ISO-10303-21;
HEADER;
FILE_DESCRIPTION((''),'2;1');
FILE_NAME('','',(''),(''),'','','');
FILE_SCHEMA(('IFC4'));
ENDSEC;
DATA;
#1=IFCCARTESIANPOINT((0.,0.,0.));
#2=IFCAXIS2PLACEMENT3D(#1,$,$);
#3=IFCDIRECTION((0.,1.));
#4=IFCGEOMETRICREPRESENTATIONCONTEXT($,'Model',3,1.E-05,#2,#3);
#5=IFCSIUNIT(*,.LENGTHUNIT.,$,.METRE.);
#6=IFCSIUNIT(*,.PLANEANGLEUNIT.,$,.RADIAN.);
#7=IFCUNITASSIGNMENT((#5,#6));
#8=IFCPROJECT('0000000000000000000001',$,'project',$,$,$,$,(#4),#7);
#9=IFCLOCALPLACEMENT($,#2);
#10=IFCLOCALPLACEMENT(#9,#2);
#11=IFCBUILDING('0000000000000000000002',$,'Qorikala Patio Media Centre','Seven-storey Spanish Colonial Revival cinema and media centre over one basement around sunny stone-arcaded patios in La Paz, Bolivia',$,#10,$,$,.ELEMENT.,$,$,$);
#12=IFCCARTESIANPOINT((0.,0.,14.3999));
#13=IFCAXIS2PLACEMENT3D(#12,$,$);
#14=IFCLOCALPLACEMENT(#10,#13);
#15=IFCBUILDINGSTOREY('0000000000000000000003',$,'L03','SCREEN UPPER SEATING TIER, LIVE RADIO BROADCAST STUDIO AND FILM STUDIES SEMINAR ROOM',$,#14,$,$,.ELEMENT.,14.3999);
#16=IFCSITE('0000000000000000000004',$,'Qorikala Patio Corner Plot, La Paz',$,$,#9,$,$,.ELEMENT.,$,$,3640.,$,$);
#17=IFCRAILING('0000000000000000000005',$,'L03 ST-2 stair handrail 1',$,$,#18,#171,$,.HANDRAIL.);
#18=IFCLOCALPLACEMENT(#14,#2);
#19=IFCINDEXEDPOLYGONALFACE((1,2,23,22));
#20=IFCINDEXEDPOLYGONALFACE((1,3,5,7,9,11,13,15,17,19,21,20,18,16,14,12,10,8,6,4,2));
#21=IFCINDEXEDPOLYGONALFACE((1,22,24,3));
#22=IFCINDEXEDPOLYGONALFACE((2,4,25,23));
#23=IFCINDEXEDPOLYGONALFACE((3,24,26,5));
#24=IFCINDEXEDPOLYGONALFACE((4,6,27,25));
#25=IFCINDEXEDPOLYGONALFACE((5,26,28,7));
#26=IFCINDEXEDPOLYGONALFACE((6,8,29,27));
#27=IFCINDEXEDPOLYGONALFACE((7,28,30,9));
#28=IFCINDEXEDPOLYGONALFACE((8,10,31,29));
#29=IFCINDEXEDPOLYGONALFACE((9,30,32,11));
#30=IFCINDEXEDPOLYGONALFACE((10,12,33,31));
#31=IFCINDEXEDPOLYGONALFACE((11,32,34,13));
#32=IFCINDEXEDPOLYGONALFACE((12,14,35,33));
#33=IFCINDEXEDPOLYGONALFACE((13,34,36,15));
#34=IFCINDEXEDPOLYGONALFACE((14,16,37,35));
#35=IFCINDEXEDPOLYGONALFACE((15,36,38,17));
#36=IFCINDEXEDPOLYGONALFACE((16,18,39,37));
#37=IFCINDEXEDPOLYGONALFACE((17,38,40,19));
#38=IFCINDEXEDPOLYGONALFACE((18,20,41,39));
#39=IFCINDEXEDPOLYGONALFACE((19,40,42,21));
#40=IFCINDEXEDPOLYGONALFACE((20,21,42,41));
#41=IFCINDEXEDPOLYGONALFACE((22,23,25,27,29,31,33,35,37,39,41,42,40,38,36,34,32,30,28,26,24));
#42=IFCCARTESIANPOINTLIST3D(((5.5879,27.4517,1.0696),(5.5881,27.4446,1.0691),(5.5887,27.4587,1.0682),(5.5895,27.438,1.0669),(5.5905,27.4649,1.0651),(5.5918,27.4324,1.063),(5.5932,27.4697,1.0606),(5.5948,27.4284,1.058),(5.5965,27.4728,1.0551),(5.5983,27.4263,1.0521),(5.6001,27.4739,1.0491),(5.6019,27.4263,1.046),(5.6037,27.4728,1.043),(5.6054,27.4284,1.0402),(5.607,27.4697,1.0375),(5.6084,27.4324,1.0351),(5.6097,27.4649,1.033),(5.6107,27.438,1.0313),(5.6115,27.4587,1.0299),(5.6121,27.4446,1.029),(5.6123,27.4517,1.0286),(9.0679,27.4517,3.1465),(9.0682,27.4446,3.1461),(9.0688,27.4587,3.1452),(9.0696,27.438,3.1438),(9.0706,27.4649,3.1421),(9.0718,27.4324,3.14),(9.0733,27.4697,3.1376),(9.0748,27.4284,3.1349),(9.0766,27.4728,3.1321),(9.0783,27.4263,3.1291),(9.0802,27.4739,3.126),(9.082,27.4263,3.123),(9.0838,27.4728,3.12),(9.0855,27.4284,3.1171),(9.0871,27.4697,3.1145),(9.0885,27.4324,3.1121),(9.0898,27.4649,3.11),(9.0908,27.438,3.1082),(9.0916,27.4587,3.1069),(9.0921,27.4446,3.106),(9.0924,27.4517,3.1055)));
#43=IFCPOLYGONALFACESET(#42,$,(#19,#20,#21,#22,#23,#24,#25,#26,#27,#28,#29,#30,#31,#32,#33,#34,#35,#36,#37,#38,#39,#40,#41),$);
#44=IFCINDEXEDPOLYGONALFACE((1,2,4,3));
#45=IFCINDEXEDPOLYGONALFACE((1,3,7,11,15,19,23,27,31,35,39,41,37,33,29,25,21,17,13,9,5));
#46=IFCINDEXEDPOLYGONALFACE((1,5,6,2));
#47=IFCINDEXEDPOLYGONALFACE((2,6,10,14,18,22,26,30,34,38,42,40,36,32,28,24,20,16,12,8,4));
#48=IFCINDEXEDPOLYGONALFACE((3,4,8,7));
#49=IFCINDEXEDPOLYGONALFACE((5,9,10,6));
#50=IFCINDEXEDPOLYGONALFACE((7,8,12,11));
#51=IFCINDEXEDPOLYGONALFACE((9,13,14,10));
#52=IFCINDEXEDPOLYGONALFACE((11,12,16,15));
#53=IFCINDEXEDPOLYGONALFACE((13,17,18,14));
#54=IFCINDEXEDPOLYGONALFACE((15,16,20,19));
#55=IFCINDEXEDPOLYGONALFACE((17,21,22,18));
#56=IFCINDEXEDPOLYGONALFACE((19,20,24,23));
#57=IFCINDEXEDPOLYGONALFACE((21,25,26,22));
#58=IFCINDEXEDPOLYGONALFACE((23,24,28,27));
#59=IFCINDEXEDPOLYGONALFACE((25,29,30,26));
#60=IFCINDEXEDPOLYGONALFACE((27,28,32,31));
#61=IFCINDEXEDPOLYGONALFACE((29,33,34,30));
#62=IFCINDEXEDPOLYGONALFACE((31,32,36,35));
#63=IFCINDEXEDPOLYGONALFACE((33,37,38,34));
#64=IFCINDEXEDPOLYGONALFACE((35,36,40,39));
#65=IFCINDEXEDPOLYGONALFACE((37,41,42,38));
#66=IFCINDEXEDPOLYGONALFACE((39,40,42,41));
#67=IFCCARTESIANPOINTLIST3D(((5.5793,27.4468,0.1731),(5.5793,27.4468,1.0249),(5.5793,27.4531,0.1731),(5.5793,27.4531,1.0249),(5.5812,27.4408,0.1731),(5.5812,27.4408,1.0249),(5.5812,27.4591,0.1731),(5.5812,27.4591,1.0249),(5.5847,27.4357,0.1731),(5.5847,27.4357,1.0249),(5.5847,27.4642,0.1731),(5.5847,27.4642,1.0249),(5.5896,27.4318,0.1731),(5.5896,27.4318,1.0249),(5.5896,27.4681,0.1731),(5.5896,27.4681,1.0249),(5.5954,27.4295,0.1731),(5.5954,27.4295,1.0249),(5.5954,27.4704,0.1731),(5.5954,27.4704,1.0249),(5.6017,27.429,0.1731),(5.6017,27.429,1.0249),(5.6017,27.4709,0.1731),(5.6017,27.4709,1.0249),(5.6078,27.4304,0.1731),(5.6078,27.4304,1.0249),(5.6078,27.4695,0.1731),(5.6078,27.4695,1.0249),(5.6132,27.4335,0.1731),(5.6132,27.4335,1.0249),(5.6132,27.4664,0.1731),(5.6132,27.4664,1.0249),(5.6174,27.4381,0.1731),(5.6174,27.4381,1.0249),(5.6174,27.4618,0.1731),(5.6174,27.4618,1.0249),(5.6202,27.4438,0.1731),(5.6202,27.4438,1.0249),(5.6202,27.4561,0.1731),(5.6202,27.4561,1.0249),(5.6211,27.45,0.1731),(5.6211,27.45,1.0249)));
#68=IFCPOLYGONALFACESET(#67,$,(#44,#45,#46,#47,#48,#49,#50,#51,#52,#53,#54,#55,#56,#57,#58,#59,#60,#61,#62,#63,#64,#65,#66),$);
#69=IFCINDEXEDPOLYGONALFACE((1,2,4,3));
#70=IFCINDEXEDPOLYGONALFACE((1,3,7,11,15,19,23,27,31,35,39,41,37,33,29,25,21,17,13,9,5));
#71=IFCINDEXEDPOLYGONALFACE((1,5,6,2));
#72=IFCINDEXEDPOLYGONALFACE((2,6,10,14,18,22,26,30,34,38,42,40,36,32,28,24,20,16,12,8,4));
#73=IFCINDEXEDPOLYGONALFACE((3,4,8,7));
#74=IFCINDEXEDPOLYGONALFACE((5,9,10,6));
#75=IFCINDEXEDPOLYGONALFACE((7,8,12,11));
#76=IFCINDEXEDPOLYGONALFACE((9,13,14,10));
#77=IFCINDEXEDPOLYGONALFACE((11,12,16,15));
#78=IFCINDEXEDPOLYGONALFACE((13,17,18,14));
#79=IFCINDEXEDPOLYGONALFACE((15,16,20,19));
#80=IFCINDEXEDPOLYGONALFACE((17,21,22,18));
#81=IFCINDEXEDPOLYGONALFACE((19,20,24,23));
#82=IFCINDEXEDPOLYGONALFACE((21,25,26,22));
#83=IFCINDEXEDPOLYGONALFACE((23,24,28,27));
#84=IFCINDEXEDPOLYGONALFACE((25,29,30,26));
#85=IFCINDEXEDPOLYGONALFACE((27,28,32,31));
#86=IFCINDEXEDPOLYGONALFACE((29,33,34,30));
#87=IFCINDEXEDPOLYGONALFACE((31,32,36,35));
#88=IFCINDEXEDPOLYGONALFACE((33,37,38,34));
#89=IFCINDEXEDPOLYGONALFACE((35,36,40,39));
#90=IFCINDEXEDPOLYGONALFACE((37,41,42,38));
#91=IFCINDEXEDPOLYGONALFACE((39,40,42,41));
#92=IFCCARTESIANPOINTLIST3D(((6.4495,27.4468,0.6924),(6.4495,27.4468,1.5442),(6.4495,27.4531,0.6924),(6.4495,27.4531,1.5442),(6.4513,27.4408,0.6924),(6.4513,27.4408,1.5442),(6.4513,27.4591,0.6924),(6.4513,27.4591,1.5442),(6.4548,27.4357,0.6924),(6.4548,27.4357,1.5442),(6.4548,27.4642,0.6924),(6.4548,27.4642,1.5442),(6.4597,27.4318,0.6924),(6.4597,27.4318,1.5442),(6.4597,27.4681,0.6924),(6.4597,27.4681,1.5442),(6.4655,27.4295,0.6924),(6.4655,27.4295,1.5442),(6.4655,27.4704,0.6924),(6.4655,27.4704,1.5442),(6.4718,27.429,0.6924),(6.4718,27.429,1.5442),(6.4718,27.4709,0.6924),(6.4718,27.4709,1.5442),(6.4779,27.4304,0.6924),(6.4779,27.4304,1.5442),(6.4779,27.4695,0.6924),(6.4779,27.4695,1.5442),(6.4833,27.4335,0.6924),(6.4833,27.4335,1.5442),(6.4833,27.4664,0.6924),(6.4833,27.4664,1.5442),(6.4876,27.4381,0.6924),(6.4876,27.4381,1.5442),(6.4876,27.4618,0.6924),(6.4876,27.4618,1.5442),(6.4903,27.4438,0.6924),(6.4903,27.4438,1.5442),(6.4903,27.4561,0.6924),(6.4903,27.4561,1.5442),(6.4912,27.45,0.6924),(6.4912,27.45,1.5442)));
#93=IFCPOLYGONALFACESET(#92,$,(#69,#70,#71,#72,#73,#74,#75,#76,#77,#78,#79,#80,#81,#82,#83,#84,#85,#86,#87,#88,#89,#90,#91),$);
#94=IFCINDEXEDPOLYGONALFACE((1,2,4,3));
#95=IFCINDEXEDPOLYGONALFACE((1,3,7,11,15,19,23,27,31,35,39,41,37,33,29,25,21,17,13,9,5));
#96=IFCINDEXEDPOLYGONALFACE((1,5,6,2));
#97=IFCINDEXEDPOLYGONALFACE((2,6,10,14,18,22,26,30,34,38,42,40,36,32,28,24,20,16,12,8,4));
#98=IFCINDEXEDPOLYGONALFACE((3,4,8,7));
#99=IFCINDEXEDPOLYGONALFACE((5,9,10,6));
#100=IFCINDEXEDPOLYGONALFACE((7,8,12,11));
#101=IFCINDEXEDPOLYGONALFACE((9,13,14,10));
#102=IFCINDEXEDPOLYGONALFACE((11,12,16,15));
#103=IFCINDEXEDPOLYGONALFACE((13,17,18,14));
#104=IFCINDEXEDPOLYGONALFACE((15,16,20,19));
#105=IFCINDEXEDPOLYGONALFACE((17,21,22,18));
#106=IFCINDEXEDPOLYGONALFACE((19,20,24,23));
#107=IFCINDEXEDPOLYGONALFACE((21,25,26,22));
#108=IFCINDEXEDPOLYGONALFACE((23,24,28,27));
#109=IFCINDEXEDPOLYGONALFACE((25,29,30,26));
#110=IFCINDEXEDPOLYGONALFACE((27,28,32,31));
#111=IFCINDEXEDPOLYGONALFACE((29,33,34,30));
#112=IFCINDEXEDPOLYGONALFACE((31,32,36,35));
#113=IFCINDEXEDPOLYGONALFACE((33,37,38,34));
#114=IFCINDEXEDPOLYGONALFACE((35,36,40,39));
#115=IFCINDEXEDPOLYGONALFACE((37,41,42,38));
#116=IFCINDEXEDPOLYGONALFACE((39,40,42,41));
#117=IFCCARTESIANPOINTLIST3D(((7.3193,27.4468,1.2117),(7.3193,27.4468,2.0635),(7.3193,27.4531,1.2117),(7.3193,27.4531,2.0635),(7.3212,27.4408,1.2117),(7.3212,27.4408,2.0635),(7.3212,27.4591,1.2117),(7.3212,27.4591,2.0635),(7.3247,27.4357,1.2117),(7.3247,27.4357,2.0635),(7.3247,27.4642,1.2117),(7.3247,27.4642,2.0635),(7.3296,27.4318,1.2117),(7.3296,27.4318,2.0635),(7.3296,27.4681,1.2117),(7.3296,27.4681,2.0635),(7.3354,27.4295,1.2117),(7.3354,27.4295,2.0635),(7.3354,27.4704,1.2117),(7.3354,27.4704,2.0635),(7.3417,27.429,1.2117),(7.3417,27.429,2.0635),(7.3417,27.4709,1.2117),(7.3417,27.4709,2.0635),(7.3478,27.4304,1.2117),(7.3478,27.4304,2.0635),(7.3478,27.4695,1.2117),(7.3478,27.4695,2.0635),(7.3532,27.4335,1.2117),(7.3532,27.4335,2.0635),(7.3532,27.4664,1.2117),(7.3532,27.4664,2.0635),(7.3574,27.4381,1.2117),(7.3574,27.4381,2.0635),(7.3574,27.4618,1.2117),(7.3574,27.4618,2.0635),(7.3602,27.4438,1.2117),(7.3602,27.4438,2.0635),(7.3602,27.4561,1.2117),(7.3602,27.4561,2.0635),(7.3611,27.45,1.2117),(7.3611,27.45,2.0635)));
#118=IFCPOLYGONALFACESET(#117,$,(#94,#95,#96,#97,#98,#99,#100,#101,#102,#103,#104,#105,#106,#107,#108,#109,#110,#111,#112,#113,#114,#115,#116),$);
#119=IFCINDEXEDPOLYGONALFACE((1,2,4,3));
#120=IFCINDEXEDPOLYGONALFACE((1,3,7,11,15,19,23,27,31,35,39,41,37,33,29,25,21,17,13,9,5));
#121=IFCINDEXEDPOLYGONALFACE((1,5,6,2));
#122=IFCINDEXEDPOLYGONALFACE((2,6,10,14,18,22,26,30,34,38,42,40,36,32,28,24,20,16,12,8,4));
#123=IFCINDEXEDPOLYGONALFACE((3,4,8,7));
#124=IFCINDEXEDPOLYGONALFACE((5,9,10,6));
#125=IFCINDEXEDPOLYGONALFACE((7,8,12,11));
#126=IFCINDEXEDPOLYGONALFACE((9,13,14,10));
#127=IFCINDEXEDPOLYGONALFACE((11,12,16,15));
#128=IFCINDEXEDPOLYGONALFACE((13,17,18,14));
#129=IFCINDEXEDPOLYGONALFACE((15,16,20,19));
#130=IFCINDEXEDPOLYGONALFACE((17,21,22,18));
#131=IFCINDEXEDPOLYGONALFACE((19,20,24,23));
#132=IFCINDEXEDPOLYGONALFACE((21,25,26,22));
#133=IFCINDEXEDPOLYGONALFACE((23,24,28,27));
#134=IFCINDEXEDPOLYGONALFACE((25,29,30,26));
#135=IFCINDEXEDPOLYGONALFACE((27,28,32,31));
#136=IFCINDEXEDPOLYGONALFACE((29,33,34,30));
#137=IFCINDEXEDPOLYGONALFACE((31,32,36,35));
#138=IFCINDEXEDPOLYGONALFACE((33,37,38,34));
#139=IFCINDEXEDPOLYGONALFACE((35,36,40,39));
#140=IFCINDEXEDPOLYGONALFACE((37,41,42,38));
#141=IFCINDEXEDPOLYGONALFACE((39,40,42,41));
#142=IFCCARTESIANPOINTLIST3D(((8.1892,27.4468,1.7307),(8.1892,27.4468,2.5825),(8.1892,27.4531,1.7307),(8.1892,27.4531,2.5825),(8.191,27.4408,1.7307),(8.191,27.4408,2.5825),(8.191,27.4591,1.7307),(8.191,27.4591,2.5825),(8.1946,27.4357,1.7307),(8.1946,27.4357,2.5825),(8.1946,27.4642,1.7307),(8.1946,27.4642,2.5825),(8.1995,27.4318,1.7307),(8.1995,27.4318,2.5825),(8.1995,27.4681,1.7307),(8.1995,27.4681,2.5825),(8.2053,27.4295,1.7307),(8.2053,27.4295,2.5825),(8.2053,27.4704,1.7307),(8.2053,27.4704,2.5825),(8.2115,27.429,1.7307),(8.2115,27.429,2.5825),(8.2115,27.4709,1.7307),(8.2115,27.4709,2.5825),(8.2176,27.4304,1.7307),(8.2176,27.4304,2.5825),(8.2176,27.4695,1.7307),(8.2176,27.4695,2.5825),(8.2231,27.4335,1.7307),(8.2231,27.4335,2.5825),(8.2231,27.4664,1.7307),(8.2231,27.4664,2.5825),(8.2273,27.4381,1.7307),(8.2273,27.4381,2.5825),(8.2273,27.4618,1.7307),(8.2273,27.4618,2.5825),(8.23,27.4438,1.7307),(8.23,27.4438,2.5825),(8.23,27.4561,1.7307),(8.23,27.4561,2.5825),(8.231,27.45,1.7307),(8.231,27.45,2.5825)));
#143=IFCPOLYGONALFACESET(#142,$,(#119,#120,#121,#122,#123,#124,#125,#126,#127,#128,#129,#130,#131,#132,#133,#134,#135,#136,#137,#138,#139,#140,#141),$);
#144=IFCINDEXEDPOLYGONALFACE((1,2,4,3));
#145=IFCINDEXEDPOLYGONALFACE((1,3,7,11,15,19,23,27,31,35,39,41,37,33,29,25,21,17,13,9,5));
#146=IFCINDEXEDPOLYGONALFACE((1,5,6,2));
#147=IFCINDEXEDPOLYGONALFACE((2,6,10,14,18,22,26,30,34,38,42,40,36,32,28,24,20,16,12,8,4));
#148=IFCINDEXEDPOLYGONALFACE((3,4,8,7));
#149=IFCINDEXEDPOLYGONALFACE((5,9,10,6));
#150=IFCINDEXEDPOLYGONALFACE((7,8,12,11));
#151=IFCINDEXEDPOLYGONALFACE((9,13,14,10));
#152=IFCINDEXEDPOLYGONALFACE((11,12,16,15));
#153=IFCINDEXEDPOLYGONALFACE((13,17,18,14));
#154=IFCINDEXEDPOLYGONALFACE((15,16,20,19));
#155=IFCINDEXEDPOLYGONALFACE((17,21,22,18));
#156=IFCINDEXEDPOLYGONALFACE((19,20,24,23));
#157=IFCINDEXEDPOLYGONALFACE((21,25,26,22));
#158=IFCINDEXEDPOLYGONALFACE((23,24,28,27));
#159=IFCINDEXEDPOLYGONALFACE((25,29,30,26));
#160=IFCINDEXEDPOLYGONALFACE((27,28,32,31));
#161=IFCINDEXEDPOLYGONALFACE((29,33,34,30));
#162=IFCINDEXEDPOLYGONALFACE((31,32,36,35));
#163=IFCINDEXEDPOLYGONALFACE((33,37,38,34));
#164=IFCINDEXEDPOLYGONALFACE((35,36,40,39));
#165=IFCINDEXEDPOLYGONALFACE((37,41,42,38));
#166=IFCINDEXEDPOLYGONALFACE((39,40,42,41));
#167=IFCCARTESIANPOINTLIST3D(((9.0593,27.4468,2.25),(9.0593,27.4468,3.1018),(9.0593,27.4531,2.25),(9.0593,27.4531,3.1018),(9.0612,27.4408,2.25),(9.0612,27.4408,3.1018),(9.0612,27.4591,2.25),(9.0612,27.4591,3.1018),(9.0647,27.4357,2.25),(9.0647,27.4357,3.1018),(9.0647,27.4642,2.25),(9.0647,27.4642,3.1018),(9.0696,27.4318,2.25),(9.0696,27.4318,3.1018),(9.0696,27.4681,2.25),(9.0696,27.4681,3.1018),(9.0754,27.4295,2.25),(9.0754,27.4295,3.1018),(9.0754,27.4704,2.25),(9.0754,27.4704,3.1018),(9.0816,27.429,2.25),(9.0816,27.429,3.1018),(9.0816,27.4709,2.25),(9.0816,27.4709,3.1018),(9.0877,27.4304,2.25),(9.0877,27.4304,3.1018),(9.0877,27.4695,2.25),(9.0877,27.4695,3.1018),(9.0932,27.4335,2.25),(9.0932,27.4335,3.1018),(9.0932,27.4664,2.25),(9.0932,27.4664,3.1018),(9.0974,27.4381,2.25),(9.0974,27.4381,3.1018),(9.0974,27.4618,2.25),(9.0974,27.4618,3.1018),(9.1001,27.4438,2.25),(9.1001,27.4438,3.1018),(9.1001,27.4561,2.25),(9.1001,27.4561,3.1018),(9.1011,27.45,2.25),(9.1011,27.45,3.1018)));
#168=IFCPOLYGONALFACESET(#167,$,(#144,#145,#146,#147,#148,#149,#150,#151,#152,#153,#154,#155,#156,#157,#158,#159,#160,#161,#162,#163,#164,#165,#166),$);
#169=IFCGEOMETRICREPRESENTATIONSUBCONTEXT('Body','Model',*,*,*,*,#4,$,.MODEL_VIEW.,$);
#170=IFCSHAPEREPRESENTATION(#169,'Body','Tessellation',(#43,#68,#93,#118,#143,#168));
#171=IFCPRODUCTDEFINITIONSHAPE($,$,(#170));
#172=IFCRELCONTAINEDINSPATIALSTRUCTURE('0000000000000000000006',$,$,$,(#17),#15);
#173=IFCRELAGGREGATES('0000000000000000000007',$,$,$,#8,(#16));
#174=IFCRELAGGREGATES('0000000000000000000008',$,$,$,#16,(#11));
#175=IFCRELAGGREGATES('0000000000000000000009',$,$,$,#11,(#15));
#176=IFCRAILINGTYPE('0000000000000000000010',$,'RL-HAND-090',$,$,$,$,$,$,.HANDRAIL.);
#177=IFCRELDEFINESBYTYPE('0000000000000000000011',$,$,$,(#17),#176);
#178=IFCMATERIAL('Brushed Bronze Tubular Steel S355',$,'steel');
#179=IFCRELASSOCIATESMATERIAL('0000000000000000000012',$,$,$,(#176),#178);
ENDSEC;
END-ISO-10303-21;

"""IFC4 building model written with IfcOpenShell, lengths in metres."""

from ifc_helpers import new_model, si_unit, direction, frame, origin, origin_2d, place, context, subcontext, project, spatial, circle, extrude, material, type_object, element, save


model = new_model("IFC4")

# Units and contexts
model_context = context("Model", 3, precision=1e-05, world=origin(), true_north=direction((0.0, 1.0)))
body_context = subcontext(model_context, "Body", "Model", "MODEL_VIEW")
ifc_project = project(units=[si_unit("LENGTHUNIT", "METRE"), si_unit("PLANEANGLEUNIT", "RADIAN")], contexts=[model_context])

# Site, building, storey
site_placement = place(None, origin())
site = spatial("IfcSite", under=ifc_project, at=site_placement, Name="Qorikala Patio Corner Plot, La Paz", CompositionType="ELEMENT", RefElevation=3640.0)
building_placement = place(site_placement, origin())
building = spatial("IfcBuilding", under=site, at=building_placement, Name="Qorikala Patio Media Centre", Description="Seven-storey Spanish Colonial Revival cinema and media centre over one basement around sunny stone-arcaded patios in La Paz, Bolivia", CompositionType="ELEMENT")
storey_placement = place(building_placement, frame((0.0, 0.0, 14.3999)))
storey = spatial("IfcBuildingStorey", under=building, at=storey_placement, Name="L03", Description="SCREEN UPPER SEATING TIER, LIVE RADIO BROADCAST STUDIO AND FILM STUDIES SEMINAR ROOM", CompositionType="ELEMENT", Elevation=14.3999)

# Railing
ifc_material_1 = material(Name="Brushed Bronze Tubular Steel S355", Category="steel")
railing_type_1 = type_object("IfcRailingType", Name="RL-HAND-090", PredefinedType="HANDRAIL", material=ifc_material_1)
railing_1_placement = place(storey_placement, frame((5.6001, 27.45, 0.1731)))
element("IfcRailing", 1, at=railing_1_placement, inside=storey, type_object=railing_type_1, Name="L03 ST-2 stair handrail 1", PredefinedType="HANDRAIL", context=body_context, shape_type="SweptSolid", body=[
    extrude(circle(Radius=0.0239, at=origin_2d()), frame((0.0, 0.0, 0.876), z_axis=(0.858697, 0.0, 0.512483), x_axis=(0.0, 1.0, 0.0)), (0.0, 0.0, 1.0), 4.0527),
    extrude(circle(Radius=0.021, at=origin_2d()), origin(), (0.0, 0.0, 1.0), 0.8518),
    extrude(circle(Radius=0.021, at=origin_2d()), frame((0.8701, 0.0, 0.5193)), (0.0, 0.0, 1.0), 0.8518),
    extrude(circle(Radius=0.021, at=origin_2d()), frame((1.74, 0.0, 1.0386)), (0.0, 0.0, 1.0), 0.8518),
    extrude(circle(Radius=0.021, at=origin_2d()), frame((2.6099, 0.0, 1.5576)), (0.0, 0.0, 1.0), 0.8518),
    extrude(circle(Radius=0.021, at=origin_2d()), frame((3.48, 0.0, 2.0769)), (0.0, 0.0, 1.0), 0.8518),
])

save(model, "model.ifc")
